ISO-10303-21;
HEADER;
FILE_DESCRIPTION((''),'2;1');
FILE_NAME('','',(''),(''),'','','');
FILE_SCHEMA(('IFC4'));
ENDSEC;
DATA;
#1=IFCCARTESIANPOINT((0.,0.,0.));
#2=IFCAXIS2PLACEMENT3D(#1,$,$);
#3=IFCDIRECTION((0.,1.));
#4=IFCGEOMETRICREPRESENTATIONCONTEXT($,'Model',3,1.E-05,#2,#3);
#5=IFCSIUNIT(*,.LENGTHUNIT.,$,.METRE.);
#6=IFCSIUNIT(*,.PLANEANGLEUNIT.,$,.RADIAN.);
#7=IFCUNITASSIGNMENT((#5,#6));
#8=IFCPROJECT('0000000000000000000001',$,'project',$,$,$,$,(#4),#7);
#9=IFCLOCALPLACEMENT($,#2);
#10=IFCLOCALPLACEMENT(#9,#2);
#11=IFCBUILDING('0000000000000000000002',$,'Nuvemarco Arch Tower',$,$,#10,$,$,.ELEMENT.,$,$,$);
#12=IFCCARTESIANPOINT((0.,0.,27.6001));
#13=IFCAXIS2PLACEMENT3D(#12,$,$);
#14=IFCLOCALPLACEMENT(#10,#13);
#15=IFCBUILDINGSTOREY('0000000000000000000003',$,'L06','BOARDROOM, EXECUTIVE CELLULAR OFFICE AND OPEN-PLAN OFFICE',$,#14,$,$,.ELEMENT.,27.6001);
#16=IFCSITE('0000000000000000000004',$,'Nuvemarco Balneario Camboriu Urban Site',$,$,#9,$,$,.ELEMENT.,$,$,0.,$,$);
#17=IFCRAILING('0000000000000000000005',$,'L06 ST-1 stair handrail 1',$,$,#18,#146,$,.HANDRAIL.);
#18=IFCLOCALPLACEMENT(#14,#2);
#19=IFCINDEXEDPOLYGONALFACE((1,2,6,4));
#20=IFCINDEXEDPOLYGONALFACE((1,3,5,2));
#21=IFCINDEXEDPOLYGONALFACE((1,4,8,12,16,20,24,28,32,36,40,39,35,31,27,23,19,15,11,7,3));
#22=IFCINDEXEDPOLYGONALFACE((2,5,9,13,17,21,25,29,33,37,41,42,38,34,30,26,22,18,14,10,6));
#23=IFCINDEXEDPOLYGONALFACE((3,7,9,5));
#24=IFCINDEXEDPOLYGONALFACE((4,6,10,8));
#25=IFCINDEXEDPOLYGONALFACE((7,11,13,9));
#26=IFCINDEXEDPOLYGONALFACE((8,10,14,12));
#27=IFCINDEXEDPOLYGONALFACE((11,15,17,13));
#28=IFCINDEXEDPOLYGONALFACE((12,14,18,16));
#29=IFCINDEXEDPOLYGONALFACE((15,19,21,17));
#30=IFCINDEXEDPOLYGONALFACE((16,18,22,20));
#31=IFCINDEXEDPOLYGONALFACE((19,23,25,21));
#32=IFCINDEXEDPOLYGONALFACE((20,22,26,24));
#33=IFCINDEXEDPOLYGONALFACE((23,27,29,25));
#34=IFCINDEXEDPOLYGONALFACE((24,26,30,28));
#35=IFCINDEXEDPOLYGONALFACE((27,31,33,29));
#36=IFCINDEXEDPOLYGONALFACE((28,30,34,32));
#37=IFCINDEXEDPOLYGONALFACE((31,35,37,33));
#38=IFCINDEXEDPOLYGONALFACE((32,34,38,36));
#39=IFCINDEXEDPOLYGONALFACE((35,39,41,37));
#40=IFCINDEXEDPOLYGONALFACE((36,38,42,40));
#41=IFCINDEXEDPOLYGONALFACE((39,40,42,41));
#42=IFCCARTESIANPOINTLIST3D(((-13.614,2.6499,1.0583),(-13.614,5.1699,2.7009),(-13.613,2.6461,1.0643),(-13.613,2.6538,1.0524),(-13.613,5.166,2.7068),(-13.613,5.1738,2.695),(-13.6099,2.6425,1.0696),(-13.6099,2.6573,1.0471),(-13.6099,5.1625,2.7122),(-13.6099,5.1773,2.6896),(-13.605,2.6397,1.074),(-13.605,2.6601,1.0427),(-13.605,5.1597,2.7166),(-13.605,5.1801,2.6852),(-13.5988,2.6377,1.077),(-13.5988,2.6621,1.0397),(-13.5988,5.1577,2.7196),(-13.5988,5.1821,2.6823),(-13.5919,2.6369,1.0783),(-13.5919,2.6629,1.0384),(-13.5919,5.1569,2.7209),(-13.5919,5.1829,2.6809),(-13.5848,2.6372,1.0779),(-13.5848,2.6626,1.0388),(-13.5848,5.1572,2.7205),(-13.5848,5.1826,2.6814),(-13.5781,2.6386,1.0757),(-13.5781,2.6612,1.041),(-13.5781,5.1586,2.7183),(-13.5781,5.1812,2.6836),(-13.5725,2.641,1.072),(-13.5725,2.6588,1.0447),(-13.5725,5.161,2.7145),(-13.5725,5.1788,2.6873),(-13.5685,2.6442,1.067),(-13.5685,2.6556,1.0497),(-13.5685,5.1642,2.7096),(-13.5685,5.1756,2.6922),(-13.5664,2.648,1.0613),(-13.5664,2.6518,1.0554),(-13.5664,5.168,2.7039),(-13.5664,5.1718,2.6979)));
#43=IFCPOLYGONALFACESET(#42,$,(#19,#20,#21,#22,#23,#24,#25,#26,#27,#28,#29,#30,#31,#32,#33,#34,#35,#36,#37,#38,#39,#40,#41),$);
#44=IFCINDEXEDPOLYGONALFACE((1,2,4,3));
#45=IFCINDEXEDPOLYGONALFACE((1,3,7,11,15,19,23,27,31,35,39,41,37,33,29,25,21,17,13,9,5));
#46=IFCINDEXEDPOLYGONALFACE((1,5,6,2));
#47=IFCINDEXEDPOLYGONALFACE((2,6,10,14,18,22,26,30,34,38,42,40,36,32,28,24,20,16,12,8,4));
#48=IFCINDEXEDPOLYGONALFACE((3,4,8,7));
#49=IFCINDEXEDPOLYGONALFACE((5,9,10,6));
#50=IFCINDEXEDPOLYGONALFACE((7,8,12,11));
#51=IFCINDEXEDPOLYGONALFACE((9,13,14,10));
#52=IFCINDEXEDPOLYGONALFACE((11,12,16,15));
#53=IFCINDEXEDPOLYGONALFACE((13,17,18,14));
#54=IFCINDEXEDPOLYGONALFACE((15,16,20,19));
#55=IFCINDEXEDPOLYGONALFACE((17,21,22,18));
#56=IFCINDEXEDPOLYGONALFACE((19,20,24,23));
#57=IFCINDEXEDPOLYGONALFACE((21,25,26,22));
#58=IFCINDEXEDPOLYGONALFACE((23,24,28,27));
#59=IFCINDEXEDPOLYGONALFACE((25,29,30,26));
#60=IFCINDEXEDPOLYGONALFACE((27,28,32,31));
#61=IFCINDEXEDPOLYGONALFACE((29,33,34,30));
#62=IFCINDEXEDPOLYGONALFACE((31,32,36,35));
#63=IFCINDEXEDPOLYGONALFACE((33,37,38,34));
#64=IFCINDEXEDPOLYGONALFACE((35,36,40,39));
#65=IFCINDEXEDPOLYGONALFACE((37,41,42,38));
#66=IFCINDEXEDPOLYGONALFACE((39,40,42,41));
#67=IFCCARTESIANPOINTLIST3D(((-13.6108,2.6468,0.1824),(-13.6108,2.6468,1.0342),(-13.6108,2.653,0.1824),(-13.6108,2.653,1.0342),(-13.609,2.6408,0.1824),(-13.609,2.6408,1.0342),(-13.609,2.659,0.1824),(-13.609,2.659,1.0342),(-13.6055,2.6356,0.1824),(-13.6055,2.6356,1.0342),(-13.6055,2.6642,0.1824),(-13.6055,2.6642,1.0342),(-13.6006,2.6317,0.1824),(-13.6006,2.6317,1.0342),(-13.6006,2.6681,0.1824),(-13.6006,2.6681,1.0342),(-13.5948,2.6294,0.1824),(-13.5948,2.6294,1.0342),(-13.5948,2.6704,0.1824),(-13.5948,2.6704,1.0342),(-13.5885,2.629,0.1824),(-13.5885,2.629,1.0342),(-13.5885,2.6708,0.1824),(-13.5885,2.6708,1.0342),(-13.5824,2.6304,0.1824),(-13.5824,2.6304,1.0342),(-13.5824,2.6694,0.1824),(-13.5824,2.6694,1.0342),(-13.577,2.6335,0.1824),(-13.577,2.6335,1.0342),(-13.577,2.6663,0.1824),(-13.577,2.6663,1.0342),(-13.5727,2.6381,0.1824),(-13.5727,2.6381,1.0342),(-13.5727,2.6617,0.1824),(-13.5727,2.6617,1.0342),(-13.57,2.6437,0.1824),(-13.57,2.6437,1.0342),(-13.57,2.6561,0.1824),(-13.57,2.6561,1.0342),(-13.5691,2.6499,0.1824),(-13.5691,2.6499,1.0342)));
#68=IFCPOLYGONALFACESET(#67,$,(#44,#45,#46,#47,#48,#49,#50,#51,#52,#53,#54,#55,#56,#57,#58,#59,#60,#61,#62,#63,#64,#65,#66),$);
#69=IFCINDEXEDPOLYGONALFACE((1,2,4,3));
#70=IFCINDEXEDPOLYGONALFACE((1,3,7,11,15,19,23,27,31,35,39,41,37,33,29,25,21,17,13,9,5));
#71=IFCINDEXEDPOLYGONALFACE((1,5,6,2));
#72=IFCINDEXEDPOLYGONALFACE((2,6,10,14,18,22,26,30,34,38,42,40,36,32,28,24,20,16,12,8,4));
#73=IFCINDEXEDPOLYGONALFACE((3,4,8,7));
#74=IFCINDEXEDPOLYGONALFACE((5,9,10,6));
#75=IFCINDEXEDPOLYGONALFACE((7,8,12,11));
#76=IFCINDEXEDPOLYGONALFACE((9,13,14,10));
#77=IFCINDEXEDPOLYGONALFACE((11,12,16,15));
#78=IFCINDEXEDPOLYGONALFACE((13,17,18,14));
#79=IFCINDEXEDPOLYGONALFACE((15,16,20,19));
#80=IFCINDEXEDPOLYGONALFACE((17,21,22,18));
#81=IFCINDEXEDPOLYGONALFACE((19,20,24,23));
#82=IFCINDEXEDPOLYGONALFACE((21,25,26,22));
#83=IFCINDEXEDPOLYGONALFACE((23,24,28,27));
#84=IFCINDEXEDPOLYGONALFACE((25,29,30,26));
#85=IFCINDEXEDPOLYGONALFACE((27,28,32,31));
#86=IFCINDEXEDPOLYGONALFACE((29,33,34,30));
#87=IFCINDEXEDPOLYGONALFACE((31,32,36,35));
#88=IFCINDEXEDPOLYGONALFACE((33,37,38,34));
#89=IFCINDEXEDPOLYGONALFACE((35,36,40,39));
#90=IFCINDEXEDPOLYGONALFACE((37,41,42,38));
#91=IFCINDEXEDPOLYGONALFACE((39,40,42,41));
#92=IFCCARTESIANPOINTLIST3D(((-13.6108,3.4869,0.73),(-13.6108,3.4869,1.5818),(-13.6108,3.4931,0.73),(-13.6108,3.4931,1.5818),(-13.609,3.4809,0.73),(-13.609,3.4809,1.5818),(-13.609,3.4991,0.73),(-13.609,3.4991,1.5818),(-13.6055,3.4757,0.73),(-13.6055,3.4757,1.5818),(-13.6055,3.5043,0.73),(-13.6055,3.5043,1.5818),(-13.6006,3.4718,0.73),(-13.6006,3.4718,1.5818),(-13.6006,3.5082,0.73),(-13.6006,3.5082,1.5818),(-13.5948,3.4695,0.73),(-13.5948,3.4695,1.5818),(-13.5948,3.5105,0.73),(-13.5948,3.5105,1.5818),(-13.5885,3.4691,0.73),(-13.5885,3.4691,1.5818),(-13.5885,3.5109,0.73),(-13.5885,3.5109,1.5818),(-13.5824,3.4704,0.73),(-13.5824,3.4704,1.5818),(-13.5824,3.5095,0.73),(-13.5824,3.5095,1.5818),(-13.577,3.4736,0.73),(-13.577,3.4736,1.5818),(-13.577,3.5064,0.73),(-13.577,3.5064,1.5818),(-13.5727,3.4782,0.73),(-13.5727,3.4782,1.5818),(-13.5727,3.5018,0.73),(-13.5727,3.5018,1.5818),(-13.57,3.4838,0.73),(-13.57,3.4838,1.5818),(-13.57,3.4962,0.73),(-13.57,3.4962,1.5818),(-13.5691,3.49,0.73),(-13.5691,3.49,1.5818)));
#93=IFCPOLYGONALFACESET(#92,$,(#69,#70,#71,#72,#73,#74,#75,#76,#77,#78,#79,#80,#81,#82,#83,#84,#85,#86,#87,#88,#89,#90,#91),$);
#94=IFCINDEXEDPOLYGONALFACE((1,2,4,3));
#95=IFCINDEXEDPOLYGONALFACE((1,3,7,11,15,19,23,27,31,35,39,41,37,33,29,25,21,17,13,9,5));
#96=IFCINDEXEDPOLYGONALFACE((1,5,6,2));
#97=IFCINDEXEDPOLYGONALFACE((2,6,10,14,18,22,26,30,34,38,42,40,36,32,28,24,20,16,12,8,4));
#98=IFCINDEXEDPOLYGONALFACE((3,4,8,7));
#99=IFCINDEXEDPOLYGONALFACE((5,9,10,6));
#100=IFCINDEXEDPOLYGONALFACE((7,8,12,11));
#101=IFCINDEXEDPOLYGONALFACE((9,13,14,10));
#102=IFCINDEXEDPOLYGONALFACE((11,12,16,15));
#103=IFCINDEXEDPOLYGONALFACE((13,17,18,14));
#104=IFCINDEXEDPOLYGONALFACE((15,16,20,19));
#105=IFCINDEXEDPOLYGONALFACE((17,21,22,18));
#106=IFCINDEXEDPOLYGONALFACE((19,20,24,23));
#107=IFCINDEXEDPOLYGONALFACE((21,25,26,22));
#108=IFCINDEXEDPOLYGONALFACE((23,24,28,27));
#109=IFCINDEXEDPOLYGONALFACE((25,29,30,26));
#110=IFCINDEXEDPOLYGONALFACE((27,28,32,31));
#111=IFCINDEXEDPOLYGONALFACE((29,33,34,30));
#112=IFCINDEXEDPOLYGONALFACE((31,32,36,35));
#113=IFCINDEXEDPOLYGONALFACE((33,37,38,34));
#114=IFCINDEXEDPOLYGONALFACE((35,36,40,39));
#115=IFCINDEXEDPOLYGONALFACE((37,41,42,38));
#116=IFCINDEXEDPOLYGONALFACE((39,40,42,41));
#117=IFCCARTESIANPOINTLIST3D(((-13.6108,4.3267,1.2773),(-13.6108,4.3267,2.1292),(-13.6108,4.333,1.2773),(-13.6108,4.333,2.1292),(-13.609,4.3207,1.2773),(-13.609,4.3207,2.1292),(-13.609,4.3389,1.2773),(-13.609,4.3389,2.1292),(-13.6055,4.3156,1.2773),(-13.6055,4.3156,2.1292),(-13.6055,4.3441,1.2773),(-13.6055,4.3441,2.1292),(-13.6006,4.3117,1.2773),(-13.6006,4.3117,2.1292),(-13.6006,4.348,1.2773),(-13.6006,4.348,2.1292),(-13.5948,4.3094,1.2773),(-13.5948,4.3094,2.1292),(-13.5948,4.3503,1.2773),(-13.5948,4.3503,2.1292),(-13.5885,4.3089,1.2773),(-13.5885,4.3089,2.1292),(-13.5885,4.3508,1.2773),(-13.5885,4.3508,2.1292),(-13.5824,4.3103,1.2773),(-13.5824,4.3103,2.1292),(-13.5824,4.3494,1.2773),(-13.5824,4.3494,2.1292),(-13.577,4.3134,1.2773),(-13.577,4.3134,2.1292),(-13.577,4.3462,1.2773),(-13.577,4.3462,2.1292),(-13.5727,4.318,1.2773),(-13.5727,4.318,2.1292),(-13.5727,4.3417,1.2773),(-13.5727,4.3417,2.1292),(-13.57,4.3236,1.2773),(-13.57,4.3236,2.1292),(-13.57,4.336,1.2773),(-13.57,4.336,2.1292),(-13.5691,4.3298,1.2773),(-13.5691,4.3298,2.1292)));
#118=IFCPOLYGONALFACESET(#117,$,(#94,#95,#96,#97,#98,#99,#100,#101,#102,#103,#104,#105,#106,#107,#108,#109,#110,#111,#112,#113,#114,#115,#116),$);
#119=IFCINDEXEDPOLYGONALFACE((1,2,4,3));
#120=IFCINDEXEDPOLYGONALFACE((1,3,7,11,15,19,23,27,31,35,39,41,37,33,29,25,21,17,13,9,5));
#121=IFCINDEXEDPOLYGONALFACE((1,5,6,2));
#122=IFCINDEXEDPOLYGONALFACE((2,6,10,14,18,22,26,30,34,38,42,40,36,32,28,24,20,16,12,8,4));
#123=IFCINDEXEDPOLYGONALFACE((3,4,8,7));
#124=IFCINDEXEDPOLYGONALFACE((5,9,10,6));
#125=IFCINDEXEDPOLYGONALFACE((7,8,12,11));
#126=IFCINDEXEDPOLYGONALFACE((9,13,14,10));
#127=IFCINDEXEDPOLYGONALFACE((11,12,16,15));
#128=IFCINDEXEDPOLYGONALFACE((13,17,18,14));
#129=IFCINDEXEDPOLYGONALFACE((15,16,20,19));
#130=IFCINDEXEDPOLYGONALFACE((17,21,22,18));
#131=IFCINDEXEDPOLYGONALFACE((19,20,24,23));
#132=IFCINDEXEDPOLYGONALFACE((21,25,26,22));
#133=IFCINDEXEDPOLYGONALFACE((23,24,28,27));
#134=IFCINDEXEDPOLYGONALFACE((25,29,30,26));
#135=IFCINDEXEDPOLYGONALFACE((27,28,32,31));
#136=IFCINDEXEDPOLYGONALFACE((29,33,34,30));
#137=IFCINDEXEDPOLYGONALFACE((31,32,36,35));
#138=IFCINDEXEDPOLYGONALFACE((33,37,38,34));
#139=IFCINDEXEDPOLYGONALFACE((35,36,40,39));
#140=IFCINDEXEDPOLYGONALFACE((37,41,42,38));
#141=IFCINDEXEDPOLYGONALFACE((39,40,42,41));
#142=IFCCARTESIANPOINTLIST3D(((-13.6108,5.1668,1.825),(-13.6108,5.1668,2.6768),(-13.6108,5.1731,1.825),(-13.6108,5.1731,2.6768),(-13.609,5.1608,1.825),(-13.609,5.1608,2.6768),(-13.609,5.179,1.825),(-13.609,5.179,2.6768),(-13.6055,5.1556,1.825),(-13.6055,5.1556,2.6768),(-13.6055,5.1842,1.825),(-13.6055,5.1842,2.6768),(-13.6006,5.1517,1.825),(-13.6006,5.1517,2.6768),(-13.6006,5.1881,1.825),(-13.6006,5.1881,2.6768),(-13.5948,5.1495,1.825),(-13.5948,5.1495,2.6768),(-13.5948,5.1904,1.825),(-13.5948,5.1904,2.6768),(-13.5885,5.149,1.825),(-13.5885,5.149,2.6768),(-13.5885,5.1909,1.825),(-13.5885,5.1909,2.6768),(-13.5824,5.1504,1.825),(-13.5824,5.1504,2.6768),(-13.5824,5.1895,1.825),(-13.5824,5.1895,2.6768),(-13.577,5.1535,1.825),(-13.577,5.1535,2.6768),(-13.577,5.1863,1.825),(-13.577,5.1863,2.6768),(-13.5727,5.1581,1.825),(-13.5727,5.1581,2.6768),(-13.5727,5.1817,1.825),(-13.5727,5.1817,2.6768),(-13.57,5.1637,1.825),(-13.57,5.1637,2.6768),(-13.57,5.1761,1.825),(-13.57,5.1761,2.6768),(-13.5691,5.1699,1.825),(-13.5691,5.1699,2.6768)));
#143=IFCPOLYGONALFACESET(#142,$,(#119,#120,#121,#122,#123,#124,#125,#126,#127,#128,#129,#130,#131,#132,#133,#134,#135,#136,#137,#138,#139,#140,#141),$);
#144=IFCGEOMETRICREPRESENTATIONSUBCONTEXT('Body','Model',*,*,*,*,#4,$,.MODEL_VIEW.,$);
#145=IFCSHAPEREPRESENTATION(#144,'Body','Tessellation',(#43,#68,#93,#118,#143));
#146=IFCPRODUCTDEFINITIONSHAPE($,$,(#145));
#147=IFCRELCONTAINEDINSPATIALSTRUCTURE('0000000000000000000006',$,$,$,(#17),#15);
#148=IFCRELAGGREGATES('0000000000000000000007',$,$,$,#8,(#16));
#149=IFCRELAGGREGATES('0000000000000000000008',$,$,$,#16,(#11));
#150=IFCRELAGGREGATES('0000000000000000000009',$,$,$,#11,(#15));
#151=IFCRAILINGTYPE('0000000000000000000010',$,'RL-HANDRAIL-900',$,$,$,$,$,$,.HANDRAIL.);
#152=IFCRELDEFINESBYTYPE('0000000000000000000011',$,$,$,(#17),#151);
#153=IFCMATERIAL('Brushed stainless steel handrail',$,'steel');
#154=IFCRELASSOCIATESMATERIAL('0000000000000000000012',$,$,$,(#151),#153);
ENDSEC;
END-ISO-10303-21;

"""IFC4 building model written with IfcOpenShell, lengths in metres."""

from ifc_helpers import new_model, si_unit, direction, frame, origin, origin_2d, place, context, subcontext, project, spatial, circle, extrude, material, type_object, element, save


model = new_model("IFC4")

# Units and contexts
model_context = context("Model", 3, precision=1e-05, world=origin(), true_north=direction((0.0, 1.0)))
body_context = subcontext(model_context, "Body", "Model", "MODEL_VIEW")
ifc_project = project(units=[si_unit("LENGTHUNIT", "METRE"), si_unit("PLANEANGLEUNIT", "RADIAN")], contexts=[model_context])

# Site, building, storey
site_placement = place(None, origin())
site = spatial("IfcSite", under=ifc_project, at=site_placement, Name="Nuvemarco Balneario Camboriu Urban Site", CompositionType="ELEMENT", RefElevation=0.0)
building_placement = place(site_placement, origin())
building = spatial("IfcBuilding", under=site, at=building_placement, Name="Nuvemarco Arch Tower", CompositionType="ELEMENT")
storey_placement = place(building_placement, frame((0.0, 0.0, 27.6001)))
storey = spatial("IfcBuildingStorey", under=building, at=storey_placement, Name="L06", Description="BOARDROOM, EXECUTIVE CELLULAR OFFICE AND OPEN-PLAN OFFICE", CompositionType="ELEMENT", Elevation=27.6001)

# Railing
ifc_material_1 = material(Name="Brushed stainless steel handrail", Category="steel")
railing_type_1 = type_object("IfcRailingType", Name="RL-HANDRAIL-900", PredefinedType="HANDRAIL", material=ifc_material_1)
railing_1_placement = place(storey_placement, frame((-13.5901, 2.6499, 0.1824)))
element("IfcRailing", 1, at=railing_1_placement, inside=storey, type_object=railing_type_1, Name="L06 ST-1 stair handrail 1", PredefinedType="HANDRAIL", context=body_context, shape_type="SweptSolid", body=[
    extrude(circle(Radius=0.0239, at=origin_2d()), frame((0.0, 0.0, 0.876), z_axis=(0.0, 0.837749, 0.546055), x_axis=(-1.0, 0.0, 0.0)), (0.0, 0.0, 1.0), 3.0081),
    extrude(circle(Radius=0.021, at=origin_2d()), origin(), (0.0, 0.0, 1.0), 0.8518),
    extrude(circle(Radius=0.021, at=origin_2d()), frame((0.0, 0.8401, 0.5476)), (0.0, 0.0, 1.0), 0.8518),
    extrude(circle(Radius=0.021, at=origin_2d()), frame((0.0, 1.6799, 1.095)), (0.0, 0.0, 1.0), 0.8518),
    extrude(circle(Radius=0.021, at=origin_2d()), frame((0.0, 2.52, 1.6426)), (0.0, 0.0, 1.0), 0.8518),
])

save(model, "model.ifc")
